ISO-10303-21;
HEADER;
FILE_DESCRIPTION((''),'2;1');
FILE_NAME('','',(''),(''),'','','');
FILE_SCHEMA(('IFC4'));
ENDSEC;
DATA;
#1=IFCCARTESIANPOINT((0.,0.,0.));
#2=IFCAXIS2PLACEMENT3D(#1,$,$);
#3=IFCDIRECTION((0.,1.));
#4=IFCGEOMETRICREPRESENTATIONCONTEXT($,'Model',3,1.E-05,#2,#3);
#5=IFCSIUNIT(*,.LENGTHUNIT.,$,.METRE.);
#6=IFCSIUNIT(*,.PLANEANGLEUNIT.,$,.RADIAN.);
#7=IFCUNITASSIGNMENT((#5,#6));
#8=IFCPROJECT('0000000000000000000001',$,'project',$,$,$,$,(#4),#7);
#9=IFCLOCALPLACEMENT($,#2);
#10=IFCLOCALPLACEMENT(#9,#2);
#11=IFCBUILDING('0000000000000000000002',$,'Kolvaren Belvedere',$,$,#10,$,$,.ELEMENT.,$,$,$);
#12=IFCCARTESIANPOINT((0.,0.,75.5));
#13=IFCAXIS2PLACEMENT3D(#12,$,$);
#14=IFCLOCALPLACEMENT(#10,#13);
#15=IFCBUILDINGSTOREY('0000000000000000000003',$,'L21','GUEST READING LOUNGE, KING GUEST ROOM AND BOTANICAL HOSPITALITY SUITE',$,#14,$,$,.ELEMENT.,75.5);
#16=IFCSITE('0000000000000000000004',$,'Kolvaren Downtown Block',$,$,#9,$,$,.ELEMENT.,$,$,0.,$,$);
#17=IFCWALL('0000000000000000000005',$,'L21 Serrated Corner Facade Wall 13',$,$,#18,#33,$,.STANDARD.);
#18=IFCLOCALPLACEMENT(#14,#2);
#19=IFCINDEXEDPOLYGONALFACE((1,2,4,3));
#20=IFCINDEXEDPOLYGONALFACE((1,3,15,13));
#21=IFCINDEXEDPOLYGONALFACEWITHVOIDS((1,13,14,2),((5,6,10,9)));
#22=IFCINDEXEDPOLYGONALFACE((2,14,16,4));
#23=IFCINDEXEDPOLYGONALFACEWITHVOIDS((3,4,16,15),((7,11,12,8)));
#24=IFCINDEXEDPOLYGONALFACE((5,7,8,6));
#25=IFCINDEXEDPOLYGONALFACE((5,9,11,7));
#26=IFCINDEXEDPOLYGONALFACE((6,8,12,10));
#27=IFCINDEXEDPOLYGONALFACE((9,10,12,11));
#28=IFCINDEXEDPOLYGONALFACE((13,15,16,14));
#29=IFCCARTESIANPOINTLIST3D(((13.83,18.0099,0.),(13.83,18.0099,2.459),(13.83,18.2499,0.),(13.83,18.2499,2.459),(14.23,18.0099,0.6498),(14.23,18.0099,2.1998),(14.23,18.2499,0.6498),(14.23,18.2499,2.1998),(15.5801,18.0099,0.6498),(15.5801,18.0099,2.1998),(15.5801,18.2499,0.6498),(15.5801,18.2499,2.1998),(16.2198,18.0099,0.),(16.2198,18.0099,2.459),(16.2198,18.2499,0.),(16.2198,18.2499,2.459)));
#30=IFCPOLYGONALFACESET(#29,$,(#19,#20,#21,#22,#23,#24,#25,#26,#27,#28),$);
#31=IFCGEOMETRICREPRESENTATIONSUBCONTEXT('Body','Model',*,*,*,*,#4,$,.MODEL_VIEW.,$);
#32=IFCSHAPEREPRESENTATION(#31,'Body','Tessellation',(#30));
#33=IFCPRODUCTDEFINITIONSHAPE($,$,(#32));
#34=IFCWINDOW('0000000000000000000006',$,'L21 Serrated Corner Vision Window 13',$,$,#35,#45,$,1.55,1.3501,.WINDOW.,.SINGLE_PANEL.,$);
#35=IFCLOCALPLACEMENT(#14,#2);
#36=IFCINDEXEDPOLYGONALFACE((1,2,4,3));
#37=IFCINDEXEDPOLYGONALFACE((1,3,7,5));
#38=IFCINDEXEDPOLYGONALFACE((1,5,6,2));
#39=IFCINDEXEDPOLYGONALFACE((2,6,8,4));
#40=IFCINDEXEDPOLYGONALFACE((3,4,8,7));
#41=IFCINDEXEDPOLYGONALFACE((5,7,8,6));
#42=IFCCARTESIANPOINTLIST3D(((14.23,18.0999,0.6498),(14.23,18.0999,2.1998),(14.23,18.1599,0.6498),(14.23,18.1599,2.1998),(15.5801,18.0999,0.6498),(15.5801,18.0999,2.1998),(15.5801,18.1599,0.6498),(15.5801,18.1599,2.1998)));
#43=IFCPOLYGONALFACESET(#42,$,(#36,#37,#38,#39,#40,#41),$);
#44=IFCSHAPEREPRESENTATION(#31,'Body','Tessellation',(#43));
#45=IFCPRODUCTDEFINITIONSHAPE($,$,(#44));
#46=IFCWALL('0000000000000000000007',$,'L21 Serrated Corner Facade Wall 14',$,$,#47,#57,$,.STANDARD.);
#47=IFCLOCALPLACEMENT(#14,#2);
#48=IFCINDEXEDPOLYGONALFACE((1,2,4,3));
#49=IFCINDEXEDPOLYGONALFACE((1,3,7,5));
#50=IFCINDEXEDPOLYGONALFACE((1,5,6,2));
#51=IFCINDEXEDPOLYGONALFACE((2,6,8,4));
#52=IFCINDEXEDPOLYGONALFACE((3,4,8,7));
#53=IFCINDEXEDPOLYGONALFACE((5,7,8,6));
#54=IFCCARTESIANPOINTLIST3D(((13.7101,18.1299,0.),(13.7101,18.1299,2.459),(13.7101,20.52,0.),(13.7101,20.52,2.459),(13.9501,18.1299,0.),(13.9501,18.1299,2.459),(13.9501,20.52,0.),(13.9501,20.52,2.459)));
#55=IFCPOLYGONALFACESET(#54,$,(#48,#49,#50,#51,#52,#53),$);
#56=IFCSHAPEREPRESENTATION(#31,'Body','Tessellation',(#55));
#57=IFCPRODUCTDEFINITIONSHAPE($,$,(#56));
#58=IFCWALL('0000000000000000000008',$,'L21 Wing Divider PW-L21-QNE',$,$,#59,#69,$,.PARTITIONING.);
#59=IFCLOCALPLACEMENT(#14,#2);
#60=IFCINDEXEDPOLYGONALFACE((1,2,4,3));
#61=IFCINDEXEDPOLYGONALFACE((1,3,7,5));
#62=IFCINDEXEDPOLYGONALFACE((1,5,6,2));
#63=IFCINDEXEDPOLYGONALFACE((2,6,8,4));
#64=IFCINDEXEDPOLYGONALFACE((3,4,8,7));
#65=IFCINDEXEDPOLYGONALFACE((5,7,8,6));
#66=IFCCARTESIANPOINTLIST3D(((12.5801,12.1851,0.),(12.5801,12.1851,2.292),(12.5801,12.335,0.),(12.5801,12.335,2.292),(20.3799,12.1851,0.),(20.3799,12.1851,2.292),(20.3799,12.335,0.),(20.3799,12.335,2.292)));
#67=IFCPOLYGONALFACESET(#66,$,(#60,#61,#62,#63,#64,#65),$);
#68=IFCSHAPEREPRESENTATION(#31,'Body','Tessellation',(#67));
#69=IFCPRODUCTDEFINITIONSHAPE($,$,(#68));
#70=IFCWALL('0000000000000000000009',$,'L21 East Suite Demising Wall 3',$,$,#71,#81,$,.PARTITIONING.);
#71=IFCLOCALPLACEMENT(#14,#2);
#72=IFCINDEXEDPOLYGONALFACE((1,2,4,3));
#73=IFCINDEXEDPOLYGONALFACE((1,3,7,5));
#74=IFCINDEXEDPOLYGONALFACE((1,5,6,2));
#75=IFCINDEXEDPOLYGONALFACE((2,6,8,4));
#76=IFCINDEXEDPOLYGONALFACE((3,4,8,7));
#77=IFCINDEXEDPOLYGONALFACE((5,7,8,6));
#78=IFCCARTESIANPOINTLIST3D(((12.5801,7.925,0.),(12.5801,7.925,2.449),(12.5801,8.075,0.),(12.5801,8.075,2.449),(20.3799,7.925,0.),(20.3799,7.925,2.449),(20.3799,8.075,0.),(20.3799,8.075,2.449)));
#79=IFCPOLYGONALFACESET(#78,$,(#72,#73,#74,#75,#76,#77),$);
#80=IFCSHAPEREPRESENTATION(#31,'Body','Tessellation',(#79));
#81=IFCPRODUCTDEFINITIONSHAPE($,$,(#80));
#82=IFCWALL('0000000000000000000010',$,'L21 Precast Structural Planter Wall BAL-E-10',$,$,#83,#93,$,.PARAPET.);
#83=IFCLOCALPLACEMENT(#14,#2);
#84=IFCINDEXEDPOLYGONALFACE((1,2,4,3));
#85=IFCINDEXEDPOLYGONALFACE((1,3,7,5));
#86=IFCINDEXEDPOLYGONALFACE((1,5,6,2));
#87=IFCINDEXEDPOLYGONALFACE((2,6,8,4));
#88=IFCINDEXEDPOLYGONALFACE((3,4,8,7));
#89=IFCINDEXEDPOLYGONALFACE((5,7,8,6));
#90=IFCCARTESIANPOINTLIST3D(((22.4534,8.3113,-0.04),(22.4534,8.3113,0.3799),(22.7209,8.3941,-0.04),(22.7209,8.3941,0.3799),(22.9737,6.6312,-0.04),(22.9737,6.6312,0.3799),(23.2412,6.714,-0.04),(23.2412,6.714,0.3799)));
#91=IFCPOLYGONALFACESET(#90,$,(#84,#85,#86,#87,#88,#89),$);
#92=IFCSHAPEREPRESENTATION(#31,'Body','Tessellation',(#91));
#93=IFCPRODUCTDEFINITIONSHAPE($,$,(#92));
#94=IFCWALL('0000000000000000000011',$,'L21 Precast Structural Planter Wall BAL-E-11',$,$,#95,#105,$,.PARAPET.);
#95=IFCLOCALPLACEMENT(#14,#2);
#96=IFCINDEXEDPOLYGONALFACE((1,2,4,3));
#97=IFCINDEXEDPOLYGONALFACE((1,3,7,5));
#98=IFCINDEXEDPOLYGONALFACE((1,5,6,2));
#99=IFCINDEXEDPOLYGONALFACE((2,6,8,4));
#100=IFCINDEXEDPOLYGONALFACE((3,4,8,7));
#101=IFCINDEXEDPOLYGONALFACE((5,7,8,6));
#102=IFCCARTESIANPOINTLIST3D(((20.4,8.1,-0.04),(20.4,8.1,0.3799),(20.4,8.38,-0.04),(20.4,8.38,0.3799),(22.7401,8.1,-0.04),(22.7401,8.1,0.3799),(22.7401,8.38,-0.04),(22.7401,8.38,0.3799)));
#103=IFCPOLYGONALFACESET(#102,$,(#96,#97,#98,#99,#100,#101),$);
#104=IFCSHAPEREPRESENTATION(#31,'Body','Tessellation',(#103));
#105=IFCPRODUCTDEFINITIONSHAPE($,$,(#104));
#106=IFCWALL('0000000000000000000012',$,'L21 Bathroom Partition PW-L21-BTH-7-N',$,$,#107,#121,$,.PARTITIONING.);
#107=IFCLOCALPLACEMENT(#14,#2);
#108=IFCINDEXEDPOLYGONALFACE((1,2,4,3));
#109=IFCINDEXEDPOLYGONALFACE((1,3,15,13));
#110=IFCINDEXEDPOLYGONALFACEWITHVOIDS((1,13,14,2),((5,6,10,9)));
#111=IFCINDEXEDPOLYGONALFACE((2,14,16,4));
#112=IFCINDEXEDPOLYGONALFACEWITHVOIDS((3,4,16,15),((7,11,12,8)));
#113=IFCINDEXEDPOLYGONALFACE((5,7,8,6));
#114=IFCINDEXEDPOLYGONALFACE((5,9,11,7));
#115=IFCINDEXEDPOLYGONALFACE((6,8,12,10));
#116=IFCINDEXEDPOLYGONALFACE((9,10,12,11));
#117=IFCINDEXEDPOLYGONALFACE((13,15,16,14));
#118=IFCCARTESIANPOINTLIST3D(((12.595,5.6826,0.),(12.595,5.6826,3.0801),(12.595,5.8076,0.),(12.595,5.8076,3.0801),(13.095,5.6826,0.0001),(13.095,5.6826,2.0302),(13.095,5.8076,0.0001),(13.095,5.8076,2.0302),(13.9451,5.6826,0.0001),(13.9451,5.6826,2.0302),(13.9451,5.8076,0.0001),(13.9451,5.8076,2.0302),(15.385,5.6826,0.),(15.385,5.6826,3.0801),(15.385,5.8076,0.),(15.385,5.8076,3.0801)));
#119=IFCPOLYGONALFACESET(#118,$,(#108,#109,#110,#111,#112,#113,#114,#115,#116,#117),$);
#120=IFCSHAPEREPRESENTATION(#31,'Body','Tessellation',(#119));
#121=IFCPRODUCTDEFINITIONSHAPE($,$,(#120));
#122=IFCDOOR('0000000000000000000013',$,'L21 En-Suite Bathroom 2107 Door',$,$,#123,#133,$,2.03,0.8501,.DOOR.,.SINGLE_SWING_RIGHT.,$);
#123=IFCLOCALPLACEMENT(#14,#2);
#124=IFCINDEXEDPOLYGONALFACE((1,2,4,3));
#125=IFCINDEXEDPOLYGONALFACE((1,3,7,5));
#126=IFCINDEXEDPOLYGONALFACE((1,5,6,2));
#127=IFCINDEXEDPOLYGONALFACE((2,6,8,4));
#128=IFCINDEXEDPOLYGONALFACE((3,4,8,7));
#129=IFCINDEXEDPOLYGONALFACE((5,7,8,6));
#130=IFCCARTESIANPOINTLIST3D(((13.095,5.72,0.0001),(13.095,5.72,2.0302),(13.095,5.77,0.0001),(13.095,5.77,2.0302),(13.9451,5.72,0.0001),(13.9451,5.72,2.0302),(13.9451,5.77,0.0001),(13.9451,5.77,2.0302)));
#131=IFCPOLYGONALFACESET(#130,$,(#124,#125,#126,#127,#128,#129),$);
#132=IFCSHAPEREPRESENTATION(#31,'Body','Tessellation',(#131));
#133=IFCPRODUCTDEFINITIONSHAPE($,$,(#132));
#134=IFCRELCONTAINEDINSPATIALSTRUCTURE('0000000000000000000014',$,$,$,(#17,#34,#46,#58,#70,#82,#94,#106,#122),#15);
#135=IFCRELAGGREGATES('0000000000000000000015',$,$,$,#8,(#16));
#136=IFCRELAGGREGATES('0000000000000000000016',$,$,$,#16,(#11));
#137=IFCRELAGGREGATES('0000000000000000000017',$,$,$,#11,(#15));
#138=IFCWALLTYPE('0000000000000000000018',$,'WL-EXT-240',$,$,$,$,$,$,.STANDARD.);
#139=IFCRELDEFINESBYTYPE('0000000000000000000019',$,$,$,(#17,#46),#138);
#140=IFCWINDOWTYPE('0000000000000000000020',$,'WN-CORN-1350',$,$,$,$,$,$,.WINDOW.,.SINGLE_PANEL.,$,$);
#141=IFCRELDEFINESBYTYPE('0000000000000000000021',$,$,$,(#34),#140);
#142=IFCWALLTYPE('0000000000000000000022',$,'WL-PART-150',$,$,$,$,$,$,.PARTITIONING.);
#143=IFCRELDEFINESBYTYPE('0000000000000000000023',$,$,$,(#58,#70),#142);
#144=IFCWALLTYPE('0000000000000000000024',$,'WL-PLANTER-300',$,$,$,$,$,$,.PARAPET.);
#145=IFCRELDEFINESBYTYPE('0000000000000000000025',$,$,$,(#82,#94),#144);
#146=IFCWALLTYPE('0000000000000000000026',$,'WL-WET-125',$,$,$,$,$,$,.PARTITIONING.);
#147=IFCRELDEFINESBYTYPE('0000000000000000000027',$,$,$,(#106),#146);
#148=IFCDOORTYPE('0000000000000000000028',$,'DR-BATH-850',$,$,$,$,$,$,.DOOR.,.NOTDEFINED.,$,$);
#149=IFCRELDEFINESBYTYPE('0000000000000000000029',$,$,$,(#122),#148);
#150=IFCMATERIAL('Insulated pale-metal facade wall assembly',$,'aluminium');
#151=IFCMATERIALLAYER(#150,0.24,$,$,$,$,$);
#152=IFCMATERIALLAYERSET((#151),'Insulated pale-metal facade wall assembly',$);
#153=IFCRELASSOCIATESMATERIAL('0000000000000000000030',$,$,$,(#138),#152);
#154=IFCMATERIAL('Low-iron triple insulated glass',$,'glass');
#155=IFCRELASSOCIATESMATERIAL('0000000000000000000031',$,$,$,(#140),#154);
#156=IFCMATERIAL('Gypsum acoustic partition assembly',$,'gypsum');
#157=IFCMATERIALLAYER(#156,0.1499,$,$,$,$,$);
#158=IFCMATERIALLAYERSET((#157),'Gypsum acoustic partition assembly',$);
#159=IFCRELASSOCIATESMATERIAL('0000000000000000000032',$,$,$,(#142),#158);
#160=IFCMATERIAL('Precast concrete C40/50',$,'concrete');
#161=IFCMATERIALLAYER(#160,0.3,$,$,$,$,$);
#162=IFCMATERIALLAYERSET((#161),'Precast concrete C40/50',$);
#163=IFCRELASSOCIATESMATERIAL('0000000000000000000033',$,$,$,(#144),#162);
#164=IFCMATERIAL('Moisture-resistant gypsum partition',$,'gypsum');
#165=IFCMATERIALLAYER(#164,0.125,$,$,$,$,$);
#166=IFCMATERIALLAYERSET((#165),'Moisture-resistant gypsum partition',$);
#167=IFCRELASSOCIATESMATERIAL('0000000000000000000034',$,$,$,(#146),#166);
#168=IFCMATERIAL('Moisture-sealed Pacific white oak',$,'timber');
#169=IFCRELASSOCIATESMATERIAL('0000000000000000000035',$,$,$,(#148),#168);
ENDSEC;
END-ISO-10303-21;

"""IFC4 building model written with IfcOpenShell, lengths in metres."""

from ifc_helpers import new_model, si_unit, direction, frame, frame_2d, origin, place, context, subcontext, project, spatial, rectangle, extrude, material, layer, layer_set, type_object, element, fill, save


model = new_model("IFC4")

# Units and contexts
model_context = context("Model", 3, precision=1e-05, world=origin(), true_north=direction((0.0, 1.0)))
body_context = subcontext(model_context, "Body", "Model", "MODEL_VIEW")
ifc_project = project(units=[si_unit("LENGTHUNIT", "METRE"), si_unit("PLANEANGLEUNIT", "RADIAN")], contexts=[model_context])

# Site, building, storey
site_placement = place(None, origin())
site = spatial("IfcSite", under=ifc_project, at=site_placement, Name="Kolvaren Downtown Block", CompositionType="ELEMENT", RefElevation=0.0)
building_placement = place(site_placement, origin())
building = spatial("IfcBuilding", under=site, at=building_placement, Name="Kolvaren Belvedere", CompositionType="ELEMENT")
storey_placement = place(building_placement, frame((0.0, 0.0, 75.5)))
storey = spatial("IfcBuildingStorey", under=building, at=storey_placement, Name="L21", Description="GUEST READING LOUNGE, KING GUEST ROOM AND BOTANICAL HOSPITALITY SUITE", CompositionType="ELEMENT", Elevation=75.5)

# Shared definitions
ifc_material_1 = material(Name="Insulated pale-metal facade wall assembly", Category="aluminium")
ifc_layer_1 = layer(ifc_material_1, 0.24)
ifc_layer_set_1 = layer_set([ifc_layer_1], Name="Insulated pale-metal facade wall assembly")
wall_type_1 = type_object("IfcWallType", Name="WL-EXT-240", PredefinedType="STANDARD", material=ifc_layer_set_1)

# Wall, opening, window
ifc_material_2 = material(Name="Low-iron triple insulated glass", Category="glass")
window_type_1 = type_object("IfcWindowType", Name="WN-CORN-1350", PartitioningType="SINGLE_PANEL", PredefinedType="WINDOW", material=ifc_material_2)
wall_1_placement = place(storey_placement, frame((13.8301, 18.1299, 0.0), z_axis=(0.0, 0.0, 1.0), x_axis=(1.0, 0.0, 0.0)))
wall_1 = element("IfcWall", 1, at=wall_1_placement, inside=storey, type_object=wall_type_1, Name="L21 Serrated Corner Facade Wall 13", PredefinedType="STANDARD", context=body_context, shape_type="SweptSolid", body=[
    extrude(rectangle(XDim=2.3899, YDim=0.24, at=frame_2d((1.1948, 0.0))), origin(), (0.0, 0.0, 1.0), 2.459),
])
opening_1_placement = place(wall_1_placement, frame((0.3999, 0.0, 0.6499)))
opening_1 = element("IfcOpeningElement", 2, at=opening_1_placement, cuts=wall_1, PredefinedType="OPENING", context=body_context, shape_type="SweptSolid", body=[
    extrude(rectangle(XDim=1.3501, YDim=1.55, at=frame_2d((0.675, 0.7749))), frame((0.0, 0.1299, 0.0), z_axis=(0.0, -1.0, 0.0), x_axis=(1.0, 0.0, 0.0)), (0.0, 0.0, 1.0), 0.26),
])
window_1_placement = place(opening_1_placement, origin())
window_1 = element("IfcWindow", 3, at=window_1_placement, inside=storey, type_object=window_type_1, Name="L21 Serrated Corner Vision Window 13", OverallHeight=1.55, OverallWidth=1.3501, PartitioningType="SINGLE_PANEL", PredefinedType="WINDOW", context=body_context, shape_type="SweptSolid", body=[
    extrude(rectangle(XDim=1.3501, YDim=1.55, at=frame_2d((0.675, 0.7749))), frame((0.0, 0.03, 0.0), z_axis=(0.0, -1.0, 0.0), x_axis=(1.0, 0.0, 0.0)), (0.0, 0.0, 1.0), 0.0601),
])
fill(opening_1, window_1)

# Walls
wall_2_placement = place(storey_placement, frame((13.8301, 20.52, 0.0), z_axis=(0.0, 0.0, 1.0), x_axis=(0.0, -1.0, 0.0)))
element("IfcWall", 4, at=wall_2_placement, inside=storey, type_object=wall_type_1, Name="L21 Serrated Corner Facade Wall 14", PredefinedType="STANDARD", context=body_context, shape_type="SweptSolid", body=[
    extrude(rectangle(XDim=2.3901, YDim=0.24, at=frame_2d((1.1951, 0.0))), origin(), (0.0, 0.0, 1.0), 2.459),
])
ifc_material_3 = material(Name="Gypsum acoustic partition assembly", Category="gypsum")
ifc_layer_2 = layer(ifc_material_3, 0.1499)
ifc_layer_set_2 = layer_set([ifc_layer_2], Name="Gypsum acoustic partition assembly")
wall_type_2 = type_object("IfcWallType", Name="WL-PART-150", PredefinedType="PARTITIONING", material=ifc_layer_set_2)
wall_3_placement = place(storey_placement, frame((12.5801, 12.26, 0.0), z_axis=(0.0, 0.0, 1.0), x_axis=(1.0, 0.0, 0.0)))
element("IfcWall", 5, at=wall_3_placement, inside=storey, type_object=wall_type_2, Name="L21 Wing Divider PW-L21-QNE", PredefinedType="PARTITIONING", context=body_context, shape_type="SweptSolid", body=[
    extrude(rectangle(XDim=7.7998, YDim=0.1499, at=frame_2d((3.8999, 0.0))), origin(), (0.0, 0.0, 1.0), 2.292),
])
wall_4_placement = place(storey_placement, frame((12.5801, 8.0, 0.0), z_axis=(0.0, 0.0, 1.0), x_axis=(1.0, 0.0, 0.0)))
element("IfcWall", 6, at=wall_4_placement, inside=storey, type_object=wall_type_2, Name="L21 East Suite Demising Wall 3", PredefinedType="PARTITIONING", context=body_context, shape_type="SweptSolid", body=[
    extrude(rectangle(XDim=7.7998, YDim=0.1499, at=frame_2d((3.8999, 0.0))), origin(), (0.0, 0.0, 1.0), 2.449),
])
ifc_material_4 = material(Name="Precast concrete C40/50", Category="concrete")
ifc_layer_3 = layer(ifc_material_4, 0.3)
ifc_layer_set_3 = layer_set([ifc_layer_3], Name="Precast concrete C40/50")
wall_type_3 = type_object("IfcWallType", Name="WL-PLANTER-300", PredefinedType="PARAPET", material=ifc_layer_set_3)
wall_5_placement = place(storey_placement, frame((23.1074, 6.6726, -0.04), z_axis=(0.0, 0.0, 1.0), x_axis=(-0.295792, 0.955252, 0.0)))
element("IfcWall", 7, at=wall_5_placement, inside=storey, type_object=wall_type_3, Name="L21 Precast Structural Planter Wall BAL-E-10", PredefinedType="PARAPET", context=body_context, shape_type="SweptSolid", body=[
    extrude(rectangle(XDim=1.7588, YDim=0.28, at=frame_2d((0.8794, 0.0))), origin(), (0.0, 0.0, 1.0), 0.4199),
])
wall_6_placement = place(storey_placement, frame((22.74, 8.24, -0.04), z_axis=(0.0, 0.0, 1.0), x_axis=(-1.0, 0.0, 0.0)))
element("IfcWall", 8, at=wall_6_placement, inside=storey, type_object=wall_type_3, Name="L21 Precast Structural Planter Wall BAL-E-11", PredefinedType="PARAPET", context=body_context, shape_type="SweptSolid", body=[
    extrude(rectangle(XDim=2.3401, YDim=0.28, at=frame_2d((1.1699, 0.0))), origin(), (0.0, 0.0, 1.0), 0.4199),
])

# Wall, opening, door
ifc_material_5 = material(Name="Moisture-resistant gypsum partition", Category="gypsum")
ifc_layer_4 = layer(ifc_material_5, 0.125)
ifc_layer_set_4 = layer_set([ifc_layer_4], Name="Moisture-resistant gypsum partition")
wall_type_4 = type_object("IfcWallType", Name="WL-WET-125", PredefinedType="PARTITIONING", material=ifc_layer_set_4)
wall_7_placement = place(storey_placement, frame((12.595, 5.7451, 0.0), z_axis=(0.0, 0.0, 1.0), x_axis=(1.0, 0.0, 0.0)))
wall_7 = element("IfcWall", 9, at=wall_7_placement, inside=storey, type_object=wall_type_4, Name="L21 Bathroom Partition PW-L21-BTH-7-N", PredefinedType="PARTITIONING", context=body_context, shape_type="SweptSolid", body=[
    extrude(rectangle(XDim=2.79, YDim=0.125, at=frame_2d((1.395, 0.0))), origin(), (0.0, 0.0, 1.0), 3.0801),
])
opening_2_placement = place(wall_7_placement, frame((0.5, 0.0, 0.0)))
opening_2 = element("IfcOpeningElement", 10, at=opening_2_placement, cuts=wall_7, PredefinedType="OPENING", context=body_context, shape_type="SweptSolid", body=[
    extrude(rectangle(XDim=0.8501, YDim=2.03, at=frame_2d((0.425, 1.0151))), frame((0.0, 0.0725, 0.0), z_axis=(0.0, -1.0, 0.0), x_axis=(1.0, 0.0, 0.0)), (0.0, 0.0, 1.0), 0.145),
])
ifc_material_6 = material(Name="Moisture-sealed Pacific white oak", Category="timber")
door_type = type_object("IfcDoorType", Name="DR-BATH-850", OperationType="NOTDEFINED", PredefinedType="DOOR", material=ifc_material_6)
door_placement = place(opening_2_placement, origin())
door = element("IfcDoor", 11, at=door_placement, inside=storey, type_object=door_type, Name="L21 En-Suite Bathroom 2107 Door", OperationType="SINGLE_SWING_RIGHT", OverallHeight=2.03, OverallWidth=0.8501, PredefinedType="DOOR", context=body_context, shape_type="SweptSolid", body=[
    extrude(rectangle(XDim=0.8501, YDim=2.03, at=frame_2d((0.425, 1.0151))), frame((0.0, 0.0249, 0.0), z_axis=(0.0, -1.0, 0.0), x_axis=(1.0, 0.0, 0.0)), (0.0, 0.0, 1.0), 0.05),
])
fill(opening_2, door)

save(model, "model.ifc")
